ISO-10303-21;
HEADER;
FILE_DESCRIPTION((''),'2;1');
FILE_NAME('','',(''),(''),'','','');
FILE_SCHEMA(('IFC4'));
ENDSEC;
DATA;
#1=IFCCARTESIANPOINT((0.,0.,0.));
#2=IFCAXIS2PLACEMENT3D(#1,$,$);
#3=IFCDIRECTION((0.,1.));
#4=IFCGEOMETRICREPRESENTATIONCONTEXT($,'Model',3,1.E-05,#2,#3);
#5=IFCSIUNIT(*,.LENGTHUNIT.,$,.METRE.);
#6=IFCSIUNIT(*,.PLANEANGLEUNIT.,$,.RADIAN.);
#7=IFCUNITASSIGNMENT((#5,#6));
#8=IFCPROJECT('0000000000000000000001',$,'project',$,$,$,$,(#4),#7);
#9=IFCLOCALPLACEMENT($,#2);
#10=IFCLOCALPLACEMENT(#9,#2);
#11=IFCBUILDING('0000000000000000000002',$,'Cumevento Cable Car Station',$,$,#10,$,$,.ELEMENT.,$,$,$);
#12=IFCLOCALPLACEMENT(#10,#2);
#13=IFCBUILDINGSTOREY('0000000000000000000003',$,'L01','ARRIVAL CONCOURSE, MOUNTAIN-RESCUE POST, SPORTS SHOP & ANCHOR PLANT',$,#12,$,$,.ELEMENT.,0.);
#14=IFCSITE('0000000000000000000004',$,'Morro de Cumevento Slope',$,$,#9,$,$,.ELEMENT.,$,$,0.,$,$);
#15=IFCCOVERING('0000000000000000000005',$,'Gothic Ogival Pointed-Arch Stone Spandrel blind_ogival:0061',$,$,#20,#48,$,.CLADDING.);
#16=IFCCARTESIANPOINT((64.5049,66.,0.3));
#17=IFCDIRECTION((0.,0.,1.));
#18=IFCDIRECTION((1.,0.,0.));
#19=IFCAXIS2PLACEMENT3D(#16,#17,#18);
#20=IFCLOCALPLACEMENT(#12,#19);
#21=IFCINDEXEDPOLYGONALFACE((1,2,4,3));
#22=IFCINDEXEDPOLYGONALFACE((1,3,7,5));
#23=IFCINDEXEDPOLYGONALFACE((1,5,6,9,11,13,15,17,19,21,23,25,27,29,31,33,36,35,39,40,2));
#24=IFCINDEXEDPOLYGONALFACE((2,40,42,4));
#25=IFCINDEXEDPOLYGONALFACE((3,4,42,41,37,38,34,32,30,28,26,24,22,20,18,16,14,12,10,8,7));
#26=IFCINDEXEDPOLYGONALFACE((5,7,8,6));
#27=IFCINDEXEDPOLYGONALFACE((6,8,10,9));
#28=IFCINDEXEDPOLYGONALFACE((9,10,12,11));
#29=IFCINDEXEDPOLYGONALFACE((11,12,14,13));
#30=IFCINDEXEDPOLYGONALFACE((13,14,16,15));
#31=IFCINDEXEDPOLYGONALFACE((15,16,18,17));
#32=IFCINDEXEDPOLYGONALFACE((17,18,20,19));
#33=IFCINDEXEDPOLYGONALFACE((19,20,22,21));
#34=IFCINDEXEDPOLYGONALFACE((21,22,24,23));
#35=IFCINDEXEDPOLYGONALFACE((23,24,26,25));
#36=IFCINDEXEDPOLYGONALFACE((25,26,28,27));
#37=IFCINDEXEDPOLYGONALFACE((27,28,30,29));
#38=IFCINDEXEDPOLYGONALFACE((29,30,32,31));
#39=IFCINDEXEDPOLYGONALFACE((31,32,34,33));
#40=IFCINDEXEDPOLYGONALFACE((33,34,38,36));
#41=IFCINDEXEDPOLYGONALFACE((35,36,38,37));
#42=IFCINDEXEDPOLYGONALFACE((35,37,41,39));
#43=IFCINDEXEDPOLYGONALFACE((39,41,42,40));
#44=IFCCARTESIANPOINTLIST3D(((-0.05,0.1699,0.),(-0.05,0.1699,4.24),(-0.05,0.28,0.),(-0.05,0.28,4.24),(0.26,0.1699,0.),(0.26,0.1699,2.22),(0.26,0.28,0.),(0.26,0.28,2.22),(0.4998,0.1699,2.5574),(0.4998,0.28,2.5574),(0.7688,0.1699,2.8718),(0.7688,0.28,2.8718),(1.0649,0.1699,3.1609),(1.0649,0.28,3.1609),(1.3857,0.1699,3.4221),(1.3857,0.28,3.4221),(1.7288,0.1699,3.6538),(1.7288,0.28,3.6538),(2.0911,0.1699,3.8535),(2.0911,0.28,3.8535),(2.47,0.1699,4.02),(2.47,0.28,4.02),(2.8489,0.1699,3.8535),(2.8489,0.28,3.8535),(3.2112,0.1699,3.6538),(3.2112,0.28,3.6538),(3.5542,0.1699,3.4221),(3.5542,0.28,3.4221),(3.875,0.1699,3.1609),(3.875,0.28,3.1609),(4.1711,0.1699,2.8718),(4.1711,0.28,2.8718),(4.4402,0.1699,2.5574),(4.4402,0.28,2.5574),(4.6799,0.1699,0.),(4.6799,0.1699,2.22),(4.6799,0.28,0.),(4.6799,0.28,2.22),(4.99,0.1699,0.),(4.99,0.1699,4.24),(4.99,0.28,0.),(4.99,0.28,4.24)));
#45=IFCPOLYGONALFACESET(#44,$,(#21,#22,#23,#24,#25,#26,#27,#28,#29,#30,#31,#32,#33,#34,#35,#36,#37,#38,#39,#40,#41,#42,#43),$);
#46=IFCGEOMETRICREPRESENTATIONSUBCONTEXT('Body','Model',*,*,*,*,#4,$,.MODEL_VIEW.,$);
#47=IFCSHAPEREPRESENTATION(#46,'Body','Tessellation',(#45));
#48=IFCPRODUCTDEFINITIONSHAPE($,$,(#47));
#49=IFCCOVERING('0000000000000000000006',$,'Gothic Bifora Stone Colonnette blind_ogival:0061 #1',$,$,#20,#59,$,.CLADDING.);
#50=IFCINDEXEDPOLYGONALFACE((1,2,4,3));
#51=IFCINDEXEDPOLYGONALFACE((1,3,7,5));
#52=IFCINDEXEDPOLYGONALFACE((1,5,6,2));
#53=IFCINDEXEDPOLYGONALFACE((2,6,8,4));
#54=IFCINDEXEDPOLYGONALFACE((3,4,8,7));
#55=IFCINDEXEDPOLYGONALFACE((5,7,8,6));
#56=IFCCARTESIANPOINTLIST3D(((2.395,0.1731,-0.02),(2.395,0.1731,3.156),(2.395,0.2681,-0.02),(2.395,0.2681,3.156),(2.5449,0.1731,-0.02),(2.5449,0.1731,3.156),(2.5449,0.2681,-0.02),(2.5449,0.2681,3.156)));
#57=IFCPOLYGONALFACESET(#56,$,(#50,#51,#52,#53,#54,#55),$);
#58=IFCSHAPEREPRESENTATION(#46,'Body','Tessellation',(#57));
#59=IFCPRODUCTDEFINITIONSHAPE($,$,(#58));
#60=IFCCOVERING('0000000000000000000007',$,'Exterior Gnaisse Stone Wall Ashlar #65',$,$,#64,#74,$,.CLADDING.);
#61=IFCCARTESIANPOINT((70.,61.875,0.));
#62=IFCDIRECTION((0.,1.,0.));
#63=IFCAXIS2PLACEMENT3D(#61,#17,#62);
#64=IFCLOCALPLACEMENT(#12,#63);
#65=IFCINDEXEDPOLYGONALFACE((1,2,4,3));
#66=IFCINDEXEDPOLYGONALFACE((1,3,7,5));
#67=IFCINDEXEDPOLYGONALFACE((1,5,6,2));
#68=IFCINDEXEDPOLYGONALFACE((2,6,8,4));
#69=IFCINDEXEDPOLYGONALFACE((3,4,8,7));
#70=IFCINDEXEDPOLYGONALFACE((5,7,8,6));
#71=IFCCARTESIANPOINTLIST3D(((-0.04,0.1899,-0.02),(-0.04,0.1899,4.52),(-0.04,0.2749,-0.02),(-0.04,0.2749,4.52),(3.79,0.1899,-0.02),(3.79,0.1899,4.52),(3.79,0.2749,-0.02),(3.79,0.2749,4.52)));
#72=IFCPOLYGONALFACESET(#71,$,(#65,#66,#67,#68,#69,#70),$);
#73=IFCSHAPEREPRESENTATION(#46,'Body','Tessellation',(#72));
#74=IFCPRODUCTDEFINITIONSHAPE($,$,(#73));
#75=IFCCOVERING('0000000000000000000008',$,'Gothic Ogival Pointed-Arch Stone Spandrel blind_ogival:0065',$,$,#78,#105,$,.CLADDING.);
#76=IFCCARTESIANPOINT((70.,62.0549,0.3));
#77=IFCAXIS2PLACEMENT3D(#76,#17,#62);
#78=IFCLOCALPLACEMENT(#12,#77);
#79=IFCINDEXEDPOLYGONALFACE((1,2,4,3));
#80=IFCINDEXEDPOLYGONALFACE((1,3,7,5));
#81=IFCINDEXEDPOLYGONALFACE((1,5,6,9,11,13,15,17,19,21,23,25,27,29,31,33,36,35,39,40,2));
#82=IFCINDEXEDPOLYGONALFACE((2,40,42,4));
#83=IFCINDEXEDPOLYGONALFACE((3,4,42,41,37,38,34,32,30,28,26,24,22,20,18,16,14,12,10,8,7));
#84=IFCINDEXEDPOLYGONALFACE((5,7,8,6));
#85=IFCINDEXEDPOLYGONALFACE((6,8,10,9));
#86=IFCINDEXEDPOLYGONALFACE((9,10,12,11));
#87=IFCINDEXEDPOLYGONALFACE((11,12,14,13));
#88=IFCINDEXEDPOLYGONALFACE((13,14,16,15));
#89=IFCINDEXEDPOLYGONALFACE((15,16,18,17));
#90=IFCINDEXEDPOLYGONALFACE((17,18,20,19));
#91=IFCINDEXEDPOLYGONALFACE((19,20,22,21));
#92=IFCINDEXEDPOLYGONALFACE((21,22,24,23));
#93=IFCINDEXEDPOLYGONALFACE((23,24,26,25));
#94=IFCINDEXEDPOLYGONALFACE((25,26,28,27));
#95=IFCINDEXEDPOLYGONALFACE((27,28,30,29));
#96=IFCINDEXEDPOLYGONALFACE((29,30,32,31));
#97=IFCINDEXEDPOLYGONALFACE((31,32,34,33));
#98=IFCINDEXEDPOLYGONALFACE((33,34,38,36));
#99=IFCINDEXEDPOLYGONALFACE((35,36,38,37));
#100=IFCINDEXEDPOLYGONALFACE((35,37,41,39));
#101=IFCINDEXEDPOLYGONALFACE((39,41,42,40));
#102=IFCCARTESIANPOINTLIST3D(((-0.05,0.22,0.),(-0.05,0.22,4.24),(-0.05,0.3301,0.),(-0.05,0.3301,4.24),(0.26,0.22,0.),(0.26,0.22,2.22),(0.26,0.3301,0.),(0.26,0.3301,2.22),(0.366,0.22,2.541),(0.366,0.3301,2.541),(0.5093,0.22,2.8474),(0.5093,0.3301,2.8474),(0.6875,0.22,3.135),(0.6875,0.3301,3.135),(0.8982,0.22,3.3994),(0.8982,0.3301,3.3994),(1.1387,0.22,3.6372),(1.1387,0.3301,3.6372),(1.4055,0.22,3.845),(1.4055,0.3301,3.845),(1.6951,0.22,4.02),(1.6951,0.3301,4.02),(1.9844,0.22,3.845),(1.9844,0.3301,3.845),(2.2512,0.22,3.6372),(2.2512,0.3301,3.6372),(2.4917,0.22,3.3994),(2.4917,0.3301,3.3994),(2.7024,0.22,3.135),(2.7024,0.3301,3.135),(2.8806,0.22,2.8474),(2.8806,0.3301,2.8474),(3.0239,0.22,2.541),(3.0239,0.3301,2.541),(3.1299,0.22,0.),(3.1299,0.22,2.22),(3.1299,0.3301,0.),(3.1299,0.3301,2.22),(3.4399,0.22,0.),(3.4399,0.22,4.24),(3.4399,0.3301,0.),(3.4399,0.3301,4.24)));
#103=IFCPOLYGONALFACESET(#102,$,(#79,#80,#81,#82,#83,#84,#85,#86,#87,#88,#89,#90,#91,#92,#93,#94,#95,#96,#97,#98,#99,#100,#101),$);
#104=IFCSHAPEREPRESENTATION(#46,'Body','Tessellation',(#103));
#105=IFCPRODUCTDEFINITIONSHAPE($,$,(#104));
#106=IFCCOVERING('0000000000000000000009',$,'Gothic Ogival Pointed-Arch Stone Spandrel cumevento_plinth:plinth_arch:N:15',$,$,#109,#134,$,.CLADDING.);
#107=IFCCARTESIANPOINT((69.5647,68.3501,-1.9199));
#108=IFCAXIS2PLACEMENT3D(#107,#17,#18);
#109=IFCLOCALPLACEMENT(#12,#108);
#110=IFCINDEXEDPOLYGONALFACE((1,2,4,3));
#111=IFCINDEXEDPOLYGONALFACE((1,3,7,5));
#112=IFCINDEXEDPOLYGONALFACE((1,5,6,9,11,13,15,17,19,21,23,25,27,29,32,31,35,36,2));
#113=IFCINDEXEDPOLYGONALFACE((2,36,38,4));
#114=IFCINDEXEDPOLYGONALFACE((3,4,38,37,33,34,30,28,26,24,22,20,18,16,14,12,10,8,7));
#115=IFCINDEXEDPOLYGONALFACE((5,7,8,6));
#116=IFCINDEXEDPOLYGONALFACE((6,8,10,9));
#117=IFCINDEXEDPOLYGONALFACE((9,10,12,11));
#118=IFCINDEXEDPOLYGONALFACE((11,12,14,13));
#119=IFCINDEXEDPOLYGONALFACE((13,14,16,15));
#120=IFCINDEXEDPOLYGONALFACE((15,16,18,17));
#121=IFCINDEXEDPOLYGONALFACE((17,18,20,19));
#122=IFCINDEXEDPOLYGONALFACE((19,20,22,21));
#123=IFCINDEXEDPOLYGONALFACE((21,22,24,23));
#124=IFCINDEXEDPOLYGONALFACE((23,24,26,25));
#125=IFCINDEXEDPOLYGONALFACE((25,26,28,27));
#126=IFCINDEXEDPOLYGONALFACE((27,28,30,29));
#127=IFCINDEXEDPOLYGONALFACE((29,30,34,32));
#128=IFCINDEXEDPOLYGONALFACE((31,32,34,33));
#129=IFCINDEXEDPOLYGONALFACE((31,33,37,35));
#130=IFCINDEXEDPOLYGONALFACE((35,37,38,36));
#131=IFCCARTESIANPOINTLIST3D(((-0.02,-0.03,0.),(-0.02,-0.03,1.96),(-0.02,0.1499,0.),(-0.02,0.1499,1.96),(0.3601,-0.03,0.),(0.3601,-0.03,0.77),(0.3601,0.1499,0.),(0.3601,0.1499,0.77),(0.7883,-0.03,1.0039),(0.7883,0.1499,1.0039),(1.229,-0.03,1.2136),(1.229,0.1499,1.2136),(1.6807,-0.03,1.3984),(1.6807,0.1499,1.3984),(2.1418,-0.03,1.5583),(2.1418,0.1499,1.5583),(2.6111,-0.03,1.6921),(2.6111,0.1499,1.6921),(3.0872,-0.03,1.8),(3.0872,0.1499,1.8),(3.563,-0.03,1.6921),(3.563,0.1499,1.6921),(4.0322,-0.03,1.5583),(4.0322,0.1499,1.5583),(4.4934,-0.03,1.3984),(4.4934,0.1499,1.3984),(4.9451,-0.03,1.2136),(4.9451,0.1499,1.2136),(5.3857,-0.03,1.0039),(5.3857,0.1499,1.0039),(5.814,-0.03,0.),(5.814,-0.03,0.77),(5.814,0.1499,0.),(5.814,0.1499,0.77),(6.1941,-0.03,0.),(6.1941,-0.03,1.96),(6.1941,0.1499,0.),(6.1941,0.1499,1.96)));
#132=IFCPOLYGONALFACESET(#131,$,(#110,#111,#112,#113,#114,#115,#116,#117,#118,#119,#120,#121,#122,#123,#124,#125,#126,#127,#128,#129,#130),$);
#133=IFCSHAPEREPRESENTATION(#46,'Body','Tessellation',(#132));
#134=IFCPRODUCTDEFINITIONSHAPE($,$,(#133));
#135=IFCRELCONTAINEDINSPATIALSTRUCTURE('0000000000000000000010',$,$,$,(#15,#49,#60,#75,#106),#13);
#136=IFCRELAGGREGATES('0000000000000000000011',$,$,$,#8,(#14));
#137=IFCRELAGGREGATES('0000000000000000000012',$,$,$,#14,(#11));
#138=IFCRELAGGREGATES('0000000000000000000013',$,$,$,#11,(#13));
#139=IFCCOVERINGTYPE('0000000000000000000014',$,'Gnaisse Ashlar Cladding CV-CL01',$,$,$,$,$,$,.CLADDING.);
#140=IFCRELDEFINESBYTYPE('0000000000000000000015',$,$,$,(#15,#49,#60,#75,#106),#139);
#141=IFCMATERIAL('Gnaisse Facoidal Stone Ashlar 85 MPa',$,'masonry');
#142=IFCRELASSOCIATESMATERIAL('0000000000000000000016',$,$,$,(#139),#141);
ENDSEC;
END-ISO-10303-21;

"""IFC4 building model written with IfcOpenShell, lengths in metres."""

from ifc_helpers import new_model, si_unit, direction, frame, origin, place, context, subcontext, project, spatial, polyline, outline, extrude, material, type_object, element, save


model = new_model("IFC4")

# Units and contexts
model_context = context("Model", 3, precision=1e-05, world=origin(), true_north=direction((0.0, 1.0)))
body_context = subcontext(model_context, "Body", "Model", "MODEL_VIEW")
ifc_project = project(units=[si_unit("LENGTHUNIT", "METRE"), si_unit("PLANEANGLEUNIT", "RADIAN")], contexts=[model_context])

# Site, building, storey
site_placement = place(None, origin())
site = spatial("IfcSite", under=ifc_project, at=site_placement, Name="Morro de Cumevento Slope", CompositionType="ELEMENT", RefElevation=0.0)
building_placement = place(site_placement, origin())
building = spatial("IfcBuilding", under=site, at=building_placement, Name="Cumevento Cable Car Station", CompositionType="ELEMENT")
storey_placement = place(building_placement, origin())
storey = spatial("IfcBuildingStorey", under=building, at=storey_placement, Name="L01", Description="ARRIVAL CONCOURSE, MOUNTAIN-RESCUE POST, SPORTS SHOP & ANCHOR PLANT", CompositionType="ELEMENT", Elevation=0.0)

# Coverings
ifc_material_1 = material(Name="Gnaisse Facoidal Stone Ashlar 85 MPa", Category="masonry")
covering_type = type_object("IfcCoveringType", Name="Gnaisse Ashlar Cladding CV-CL01", PredefinedType="CLADDING", material=ifc_material_1)
placement = place(storey_placement, frame((64.5049, 66.0, 0.3), z_axis=(0.0, 0.0, 1.0), x_axis=(1.0, 0.0, 0.0)))
element("IfcCovering", 1, at=placement, inside=storey, type_object=covering_type, Name="Gothic Ogival Pointed-Arch Stone Spandrel blind_ogival:0061", PredefinedType="CLADDING", context=body_context, shape_type="SweptSolid", body=[
    extrude(outline(polyline([(-0.05, 0.0), (-0.05, 4.24), (4.99, 4.24), (4.99, 0.0), (4.6799, 0.0), (4.6799, 2.22), (4.4402, 2.5574), (4.1711, 2.8718), (3.875, 3.1609), (3.5542, 3.4221), (3.2112, 3.6538), (2.8489, 3.8535), (2.47, 4.02), (2.0911, 3.8535), (1.7288, 3.6538), (1.3857, 3.4221), (1.0649, 3.1609), (0.7688, 2.8718), (0.4998, 2.5574), (0.26, 2.22), (0.26, 0.0), (-0.05, 0.0)])), frame((0.0, 0.28, 0.0), z_axis=(0.0, -1.0, 0.0), x_axis=(1.0, 0.0, 0.0)), (0.0, 0.0, 1.0), 0.1101),
])
element("IfcCovering", 2, at=placement, inside=storey, type_object=covering_type, Name="Gothic Bifora Stone Colonnette blind_ogival:0061 #1", PredefinedType="CLADDING", context=body_context, shape_type="SweptSolid", body=[
    extrude(outline(polyline([(2.395, -0.02), (2.5449, -0.02), (2.5449, 3.156), (2.395, 3.156), (2.395, -0.02)])), frame((0.0, 0.2681, 0.0), z_axis=(0.0, -1.0, 0.0), x_axis=(1.0, 0.0, 0.0)), (0.0, 0.0, 1.0), 0.095),
])
covering_1_placement = place(storey_placement, frame((70.0, 61.875, 0.0), z_axis=(0.0, 0.0, 1.0), x_axis=(0.0, 1.0, 0.0)))
element("IfcCovering", 3, at=covering_1_placement, inside=storey, type_object=covering_type, Name="Exterior Gnaisse Stone Wall Ashlar #65", PredefinedType="CLADDING", context=body_context, shape_type="SweptSolid", body=[
    extrude(outline(polyline([(-0.04, -0.02), (3.79, -0.02), (3.79, 4.52), (-0.04, 4.52), (-0.04, -0.02)])), frame((0.0, 0.2749, 0.0), z_axis=(0.0, -1.0, 0.0), x_axis=(1.0, 0.0, 0.0)), (0.0, 0.0, 1.0), 0.085),
])
covering_2_placement = place(storey_placement, frame((70.0, 62.0549, 0.3), z_axis=(0.0, 0.0, 1.0), x_axis=(0.0, 1.0, 0.0)))
element("IfcCovering", 4, at=covering_2_placement, inside=storey, type_object=covering_type, Name="Gothic Ogival Pointed-Arch Stone Spandrel blind_ogival:0065", PredefinedType="CLADDING", context=body_context, shape_type="SweptSolid", body=[
    extrude(outline(polyline([(-0.05, 0.0), (-0.05, 4.24), (3.4399, 4.24), (3.4399, 0.0), (3.1299, 0.0), (3.1299, 2.22), (3.0239, 2.541), (2.8806, 2.8474), (2.7024, 3.135), (2.4917, 3.3994), (2.2512, 3.6372), (1.9844, 3.845), (1.6951, 4.02), (1.4055, 3.845), (1.1387, 3.6372), (0.8982, 3.3994), (0.6875, 3.135), (0.5093, 2.8474), (0.366, 2.541), (0.26, 2.22), (0.26, 0.0), (-0.05, 0.0)])), frame((0.0, 0.3301, 0.0), z_axis=(0.0, -1.0, 0.0), x_axis=(1.0, 0.0, 0.0)), (0.0, 0.0, 1.0), 0.1101),
])
covering_3_placement = place(storey_placement, frame((69.5647, 68.3501, -1.9199), z_axis=(0.0, 0.0, 1.0), x_axis=(1.0, 0.0, 0.0)))
element("IfcCovering", 5, at=covering_3_placement, inside=storey, type_object=covering_type, Name="Gothic Ogival Pointed-Arch Stone Spandrel cumevento_plinth:plinth_arch:N:15", PredefinedType="CLADDING", context=body_context, shape_type="SweptSolid", body=[
    extrude(outline(polyline([(-0.02, 0.0), (-0.02, 1.96), (6.1941, 1.96), (6.1941, 0.0), (5.814, 0.0), (5.814, 0.77), (5.3857, 1.0039), (4.9451, 1.2136), (4.4934, 1.3984), (4.0322, 1.5583), (3.563, 1.6921), (3.0872, 1.8), (2.6111, 1.6921), (2.1418, 1.5583), (1.6807, 1.3984), (1.229, 1.2136), (0.7883, 1.0039), (0.3601, 0.77), (0.3601, 0.0), (-0.02, 0.0)])), frame((0.0, 0.1499, 0.0), z_axis=(0.0, -1.0, 0.0), x_axis=(1.0, 0.0, 0.0)), (0.0, 0.0, 1.0), 0.1799),
])

save(model, "model.ifc")
